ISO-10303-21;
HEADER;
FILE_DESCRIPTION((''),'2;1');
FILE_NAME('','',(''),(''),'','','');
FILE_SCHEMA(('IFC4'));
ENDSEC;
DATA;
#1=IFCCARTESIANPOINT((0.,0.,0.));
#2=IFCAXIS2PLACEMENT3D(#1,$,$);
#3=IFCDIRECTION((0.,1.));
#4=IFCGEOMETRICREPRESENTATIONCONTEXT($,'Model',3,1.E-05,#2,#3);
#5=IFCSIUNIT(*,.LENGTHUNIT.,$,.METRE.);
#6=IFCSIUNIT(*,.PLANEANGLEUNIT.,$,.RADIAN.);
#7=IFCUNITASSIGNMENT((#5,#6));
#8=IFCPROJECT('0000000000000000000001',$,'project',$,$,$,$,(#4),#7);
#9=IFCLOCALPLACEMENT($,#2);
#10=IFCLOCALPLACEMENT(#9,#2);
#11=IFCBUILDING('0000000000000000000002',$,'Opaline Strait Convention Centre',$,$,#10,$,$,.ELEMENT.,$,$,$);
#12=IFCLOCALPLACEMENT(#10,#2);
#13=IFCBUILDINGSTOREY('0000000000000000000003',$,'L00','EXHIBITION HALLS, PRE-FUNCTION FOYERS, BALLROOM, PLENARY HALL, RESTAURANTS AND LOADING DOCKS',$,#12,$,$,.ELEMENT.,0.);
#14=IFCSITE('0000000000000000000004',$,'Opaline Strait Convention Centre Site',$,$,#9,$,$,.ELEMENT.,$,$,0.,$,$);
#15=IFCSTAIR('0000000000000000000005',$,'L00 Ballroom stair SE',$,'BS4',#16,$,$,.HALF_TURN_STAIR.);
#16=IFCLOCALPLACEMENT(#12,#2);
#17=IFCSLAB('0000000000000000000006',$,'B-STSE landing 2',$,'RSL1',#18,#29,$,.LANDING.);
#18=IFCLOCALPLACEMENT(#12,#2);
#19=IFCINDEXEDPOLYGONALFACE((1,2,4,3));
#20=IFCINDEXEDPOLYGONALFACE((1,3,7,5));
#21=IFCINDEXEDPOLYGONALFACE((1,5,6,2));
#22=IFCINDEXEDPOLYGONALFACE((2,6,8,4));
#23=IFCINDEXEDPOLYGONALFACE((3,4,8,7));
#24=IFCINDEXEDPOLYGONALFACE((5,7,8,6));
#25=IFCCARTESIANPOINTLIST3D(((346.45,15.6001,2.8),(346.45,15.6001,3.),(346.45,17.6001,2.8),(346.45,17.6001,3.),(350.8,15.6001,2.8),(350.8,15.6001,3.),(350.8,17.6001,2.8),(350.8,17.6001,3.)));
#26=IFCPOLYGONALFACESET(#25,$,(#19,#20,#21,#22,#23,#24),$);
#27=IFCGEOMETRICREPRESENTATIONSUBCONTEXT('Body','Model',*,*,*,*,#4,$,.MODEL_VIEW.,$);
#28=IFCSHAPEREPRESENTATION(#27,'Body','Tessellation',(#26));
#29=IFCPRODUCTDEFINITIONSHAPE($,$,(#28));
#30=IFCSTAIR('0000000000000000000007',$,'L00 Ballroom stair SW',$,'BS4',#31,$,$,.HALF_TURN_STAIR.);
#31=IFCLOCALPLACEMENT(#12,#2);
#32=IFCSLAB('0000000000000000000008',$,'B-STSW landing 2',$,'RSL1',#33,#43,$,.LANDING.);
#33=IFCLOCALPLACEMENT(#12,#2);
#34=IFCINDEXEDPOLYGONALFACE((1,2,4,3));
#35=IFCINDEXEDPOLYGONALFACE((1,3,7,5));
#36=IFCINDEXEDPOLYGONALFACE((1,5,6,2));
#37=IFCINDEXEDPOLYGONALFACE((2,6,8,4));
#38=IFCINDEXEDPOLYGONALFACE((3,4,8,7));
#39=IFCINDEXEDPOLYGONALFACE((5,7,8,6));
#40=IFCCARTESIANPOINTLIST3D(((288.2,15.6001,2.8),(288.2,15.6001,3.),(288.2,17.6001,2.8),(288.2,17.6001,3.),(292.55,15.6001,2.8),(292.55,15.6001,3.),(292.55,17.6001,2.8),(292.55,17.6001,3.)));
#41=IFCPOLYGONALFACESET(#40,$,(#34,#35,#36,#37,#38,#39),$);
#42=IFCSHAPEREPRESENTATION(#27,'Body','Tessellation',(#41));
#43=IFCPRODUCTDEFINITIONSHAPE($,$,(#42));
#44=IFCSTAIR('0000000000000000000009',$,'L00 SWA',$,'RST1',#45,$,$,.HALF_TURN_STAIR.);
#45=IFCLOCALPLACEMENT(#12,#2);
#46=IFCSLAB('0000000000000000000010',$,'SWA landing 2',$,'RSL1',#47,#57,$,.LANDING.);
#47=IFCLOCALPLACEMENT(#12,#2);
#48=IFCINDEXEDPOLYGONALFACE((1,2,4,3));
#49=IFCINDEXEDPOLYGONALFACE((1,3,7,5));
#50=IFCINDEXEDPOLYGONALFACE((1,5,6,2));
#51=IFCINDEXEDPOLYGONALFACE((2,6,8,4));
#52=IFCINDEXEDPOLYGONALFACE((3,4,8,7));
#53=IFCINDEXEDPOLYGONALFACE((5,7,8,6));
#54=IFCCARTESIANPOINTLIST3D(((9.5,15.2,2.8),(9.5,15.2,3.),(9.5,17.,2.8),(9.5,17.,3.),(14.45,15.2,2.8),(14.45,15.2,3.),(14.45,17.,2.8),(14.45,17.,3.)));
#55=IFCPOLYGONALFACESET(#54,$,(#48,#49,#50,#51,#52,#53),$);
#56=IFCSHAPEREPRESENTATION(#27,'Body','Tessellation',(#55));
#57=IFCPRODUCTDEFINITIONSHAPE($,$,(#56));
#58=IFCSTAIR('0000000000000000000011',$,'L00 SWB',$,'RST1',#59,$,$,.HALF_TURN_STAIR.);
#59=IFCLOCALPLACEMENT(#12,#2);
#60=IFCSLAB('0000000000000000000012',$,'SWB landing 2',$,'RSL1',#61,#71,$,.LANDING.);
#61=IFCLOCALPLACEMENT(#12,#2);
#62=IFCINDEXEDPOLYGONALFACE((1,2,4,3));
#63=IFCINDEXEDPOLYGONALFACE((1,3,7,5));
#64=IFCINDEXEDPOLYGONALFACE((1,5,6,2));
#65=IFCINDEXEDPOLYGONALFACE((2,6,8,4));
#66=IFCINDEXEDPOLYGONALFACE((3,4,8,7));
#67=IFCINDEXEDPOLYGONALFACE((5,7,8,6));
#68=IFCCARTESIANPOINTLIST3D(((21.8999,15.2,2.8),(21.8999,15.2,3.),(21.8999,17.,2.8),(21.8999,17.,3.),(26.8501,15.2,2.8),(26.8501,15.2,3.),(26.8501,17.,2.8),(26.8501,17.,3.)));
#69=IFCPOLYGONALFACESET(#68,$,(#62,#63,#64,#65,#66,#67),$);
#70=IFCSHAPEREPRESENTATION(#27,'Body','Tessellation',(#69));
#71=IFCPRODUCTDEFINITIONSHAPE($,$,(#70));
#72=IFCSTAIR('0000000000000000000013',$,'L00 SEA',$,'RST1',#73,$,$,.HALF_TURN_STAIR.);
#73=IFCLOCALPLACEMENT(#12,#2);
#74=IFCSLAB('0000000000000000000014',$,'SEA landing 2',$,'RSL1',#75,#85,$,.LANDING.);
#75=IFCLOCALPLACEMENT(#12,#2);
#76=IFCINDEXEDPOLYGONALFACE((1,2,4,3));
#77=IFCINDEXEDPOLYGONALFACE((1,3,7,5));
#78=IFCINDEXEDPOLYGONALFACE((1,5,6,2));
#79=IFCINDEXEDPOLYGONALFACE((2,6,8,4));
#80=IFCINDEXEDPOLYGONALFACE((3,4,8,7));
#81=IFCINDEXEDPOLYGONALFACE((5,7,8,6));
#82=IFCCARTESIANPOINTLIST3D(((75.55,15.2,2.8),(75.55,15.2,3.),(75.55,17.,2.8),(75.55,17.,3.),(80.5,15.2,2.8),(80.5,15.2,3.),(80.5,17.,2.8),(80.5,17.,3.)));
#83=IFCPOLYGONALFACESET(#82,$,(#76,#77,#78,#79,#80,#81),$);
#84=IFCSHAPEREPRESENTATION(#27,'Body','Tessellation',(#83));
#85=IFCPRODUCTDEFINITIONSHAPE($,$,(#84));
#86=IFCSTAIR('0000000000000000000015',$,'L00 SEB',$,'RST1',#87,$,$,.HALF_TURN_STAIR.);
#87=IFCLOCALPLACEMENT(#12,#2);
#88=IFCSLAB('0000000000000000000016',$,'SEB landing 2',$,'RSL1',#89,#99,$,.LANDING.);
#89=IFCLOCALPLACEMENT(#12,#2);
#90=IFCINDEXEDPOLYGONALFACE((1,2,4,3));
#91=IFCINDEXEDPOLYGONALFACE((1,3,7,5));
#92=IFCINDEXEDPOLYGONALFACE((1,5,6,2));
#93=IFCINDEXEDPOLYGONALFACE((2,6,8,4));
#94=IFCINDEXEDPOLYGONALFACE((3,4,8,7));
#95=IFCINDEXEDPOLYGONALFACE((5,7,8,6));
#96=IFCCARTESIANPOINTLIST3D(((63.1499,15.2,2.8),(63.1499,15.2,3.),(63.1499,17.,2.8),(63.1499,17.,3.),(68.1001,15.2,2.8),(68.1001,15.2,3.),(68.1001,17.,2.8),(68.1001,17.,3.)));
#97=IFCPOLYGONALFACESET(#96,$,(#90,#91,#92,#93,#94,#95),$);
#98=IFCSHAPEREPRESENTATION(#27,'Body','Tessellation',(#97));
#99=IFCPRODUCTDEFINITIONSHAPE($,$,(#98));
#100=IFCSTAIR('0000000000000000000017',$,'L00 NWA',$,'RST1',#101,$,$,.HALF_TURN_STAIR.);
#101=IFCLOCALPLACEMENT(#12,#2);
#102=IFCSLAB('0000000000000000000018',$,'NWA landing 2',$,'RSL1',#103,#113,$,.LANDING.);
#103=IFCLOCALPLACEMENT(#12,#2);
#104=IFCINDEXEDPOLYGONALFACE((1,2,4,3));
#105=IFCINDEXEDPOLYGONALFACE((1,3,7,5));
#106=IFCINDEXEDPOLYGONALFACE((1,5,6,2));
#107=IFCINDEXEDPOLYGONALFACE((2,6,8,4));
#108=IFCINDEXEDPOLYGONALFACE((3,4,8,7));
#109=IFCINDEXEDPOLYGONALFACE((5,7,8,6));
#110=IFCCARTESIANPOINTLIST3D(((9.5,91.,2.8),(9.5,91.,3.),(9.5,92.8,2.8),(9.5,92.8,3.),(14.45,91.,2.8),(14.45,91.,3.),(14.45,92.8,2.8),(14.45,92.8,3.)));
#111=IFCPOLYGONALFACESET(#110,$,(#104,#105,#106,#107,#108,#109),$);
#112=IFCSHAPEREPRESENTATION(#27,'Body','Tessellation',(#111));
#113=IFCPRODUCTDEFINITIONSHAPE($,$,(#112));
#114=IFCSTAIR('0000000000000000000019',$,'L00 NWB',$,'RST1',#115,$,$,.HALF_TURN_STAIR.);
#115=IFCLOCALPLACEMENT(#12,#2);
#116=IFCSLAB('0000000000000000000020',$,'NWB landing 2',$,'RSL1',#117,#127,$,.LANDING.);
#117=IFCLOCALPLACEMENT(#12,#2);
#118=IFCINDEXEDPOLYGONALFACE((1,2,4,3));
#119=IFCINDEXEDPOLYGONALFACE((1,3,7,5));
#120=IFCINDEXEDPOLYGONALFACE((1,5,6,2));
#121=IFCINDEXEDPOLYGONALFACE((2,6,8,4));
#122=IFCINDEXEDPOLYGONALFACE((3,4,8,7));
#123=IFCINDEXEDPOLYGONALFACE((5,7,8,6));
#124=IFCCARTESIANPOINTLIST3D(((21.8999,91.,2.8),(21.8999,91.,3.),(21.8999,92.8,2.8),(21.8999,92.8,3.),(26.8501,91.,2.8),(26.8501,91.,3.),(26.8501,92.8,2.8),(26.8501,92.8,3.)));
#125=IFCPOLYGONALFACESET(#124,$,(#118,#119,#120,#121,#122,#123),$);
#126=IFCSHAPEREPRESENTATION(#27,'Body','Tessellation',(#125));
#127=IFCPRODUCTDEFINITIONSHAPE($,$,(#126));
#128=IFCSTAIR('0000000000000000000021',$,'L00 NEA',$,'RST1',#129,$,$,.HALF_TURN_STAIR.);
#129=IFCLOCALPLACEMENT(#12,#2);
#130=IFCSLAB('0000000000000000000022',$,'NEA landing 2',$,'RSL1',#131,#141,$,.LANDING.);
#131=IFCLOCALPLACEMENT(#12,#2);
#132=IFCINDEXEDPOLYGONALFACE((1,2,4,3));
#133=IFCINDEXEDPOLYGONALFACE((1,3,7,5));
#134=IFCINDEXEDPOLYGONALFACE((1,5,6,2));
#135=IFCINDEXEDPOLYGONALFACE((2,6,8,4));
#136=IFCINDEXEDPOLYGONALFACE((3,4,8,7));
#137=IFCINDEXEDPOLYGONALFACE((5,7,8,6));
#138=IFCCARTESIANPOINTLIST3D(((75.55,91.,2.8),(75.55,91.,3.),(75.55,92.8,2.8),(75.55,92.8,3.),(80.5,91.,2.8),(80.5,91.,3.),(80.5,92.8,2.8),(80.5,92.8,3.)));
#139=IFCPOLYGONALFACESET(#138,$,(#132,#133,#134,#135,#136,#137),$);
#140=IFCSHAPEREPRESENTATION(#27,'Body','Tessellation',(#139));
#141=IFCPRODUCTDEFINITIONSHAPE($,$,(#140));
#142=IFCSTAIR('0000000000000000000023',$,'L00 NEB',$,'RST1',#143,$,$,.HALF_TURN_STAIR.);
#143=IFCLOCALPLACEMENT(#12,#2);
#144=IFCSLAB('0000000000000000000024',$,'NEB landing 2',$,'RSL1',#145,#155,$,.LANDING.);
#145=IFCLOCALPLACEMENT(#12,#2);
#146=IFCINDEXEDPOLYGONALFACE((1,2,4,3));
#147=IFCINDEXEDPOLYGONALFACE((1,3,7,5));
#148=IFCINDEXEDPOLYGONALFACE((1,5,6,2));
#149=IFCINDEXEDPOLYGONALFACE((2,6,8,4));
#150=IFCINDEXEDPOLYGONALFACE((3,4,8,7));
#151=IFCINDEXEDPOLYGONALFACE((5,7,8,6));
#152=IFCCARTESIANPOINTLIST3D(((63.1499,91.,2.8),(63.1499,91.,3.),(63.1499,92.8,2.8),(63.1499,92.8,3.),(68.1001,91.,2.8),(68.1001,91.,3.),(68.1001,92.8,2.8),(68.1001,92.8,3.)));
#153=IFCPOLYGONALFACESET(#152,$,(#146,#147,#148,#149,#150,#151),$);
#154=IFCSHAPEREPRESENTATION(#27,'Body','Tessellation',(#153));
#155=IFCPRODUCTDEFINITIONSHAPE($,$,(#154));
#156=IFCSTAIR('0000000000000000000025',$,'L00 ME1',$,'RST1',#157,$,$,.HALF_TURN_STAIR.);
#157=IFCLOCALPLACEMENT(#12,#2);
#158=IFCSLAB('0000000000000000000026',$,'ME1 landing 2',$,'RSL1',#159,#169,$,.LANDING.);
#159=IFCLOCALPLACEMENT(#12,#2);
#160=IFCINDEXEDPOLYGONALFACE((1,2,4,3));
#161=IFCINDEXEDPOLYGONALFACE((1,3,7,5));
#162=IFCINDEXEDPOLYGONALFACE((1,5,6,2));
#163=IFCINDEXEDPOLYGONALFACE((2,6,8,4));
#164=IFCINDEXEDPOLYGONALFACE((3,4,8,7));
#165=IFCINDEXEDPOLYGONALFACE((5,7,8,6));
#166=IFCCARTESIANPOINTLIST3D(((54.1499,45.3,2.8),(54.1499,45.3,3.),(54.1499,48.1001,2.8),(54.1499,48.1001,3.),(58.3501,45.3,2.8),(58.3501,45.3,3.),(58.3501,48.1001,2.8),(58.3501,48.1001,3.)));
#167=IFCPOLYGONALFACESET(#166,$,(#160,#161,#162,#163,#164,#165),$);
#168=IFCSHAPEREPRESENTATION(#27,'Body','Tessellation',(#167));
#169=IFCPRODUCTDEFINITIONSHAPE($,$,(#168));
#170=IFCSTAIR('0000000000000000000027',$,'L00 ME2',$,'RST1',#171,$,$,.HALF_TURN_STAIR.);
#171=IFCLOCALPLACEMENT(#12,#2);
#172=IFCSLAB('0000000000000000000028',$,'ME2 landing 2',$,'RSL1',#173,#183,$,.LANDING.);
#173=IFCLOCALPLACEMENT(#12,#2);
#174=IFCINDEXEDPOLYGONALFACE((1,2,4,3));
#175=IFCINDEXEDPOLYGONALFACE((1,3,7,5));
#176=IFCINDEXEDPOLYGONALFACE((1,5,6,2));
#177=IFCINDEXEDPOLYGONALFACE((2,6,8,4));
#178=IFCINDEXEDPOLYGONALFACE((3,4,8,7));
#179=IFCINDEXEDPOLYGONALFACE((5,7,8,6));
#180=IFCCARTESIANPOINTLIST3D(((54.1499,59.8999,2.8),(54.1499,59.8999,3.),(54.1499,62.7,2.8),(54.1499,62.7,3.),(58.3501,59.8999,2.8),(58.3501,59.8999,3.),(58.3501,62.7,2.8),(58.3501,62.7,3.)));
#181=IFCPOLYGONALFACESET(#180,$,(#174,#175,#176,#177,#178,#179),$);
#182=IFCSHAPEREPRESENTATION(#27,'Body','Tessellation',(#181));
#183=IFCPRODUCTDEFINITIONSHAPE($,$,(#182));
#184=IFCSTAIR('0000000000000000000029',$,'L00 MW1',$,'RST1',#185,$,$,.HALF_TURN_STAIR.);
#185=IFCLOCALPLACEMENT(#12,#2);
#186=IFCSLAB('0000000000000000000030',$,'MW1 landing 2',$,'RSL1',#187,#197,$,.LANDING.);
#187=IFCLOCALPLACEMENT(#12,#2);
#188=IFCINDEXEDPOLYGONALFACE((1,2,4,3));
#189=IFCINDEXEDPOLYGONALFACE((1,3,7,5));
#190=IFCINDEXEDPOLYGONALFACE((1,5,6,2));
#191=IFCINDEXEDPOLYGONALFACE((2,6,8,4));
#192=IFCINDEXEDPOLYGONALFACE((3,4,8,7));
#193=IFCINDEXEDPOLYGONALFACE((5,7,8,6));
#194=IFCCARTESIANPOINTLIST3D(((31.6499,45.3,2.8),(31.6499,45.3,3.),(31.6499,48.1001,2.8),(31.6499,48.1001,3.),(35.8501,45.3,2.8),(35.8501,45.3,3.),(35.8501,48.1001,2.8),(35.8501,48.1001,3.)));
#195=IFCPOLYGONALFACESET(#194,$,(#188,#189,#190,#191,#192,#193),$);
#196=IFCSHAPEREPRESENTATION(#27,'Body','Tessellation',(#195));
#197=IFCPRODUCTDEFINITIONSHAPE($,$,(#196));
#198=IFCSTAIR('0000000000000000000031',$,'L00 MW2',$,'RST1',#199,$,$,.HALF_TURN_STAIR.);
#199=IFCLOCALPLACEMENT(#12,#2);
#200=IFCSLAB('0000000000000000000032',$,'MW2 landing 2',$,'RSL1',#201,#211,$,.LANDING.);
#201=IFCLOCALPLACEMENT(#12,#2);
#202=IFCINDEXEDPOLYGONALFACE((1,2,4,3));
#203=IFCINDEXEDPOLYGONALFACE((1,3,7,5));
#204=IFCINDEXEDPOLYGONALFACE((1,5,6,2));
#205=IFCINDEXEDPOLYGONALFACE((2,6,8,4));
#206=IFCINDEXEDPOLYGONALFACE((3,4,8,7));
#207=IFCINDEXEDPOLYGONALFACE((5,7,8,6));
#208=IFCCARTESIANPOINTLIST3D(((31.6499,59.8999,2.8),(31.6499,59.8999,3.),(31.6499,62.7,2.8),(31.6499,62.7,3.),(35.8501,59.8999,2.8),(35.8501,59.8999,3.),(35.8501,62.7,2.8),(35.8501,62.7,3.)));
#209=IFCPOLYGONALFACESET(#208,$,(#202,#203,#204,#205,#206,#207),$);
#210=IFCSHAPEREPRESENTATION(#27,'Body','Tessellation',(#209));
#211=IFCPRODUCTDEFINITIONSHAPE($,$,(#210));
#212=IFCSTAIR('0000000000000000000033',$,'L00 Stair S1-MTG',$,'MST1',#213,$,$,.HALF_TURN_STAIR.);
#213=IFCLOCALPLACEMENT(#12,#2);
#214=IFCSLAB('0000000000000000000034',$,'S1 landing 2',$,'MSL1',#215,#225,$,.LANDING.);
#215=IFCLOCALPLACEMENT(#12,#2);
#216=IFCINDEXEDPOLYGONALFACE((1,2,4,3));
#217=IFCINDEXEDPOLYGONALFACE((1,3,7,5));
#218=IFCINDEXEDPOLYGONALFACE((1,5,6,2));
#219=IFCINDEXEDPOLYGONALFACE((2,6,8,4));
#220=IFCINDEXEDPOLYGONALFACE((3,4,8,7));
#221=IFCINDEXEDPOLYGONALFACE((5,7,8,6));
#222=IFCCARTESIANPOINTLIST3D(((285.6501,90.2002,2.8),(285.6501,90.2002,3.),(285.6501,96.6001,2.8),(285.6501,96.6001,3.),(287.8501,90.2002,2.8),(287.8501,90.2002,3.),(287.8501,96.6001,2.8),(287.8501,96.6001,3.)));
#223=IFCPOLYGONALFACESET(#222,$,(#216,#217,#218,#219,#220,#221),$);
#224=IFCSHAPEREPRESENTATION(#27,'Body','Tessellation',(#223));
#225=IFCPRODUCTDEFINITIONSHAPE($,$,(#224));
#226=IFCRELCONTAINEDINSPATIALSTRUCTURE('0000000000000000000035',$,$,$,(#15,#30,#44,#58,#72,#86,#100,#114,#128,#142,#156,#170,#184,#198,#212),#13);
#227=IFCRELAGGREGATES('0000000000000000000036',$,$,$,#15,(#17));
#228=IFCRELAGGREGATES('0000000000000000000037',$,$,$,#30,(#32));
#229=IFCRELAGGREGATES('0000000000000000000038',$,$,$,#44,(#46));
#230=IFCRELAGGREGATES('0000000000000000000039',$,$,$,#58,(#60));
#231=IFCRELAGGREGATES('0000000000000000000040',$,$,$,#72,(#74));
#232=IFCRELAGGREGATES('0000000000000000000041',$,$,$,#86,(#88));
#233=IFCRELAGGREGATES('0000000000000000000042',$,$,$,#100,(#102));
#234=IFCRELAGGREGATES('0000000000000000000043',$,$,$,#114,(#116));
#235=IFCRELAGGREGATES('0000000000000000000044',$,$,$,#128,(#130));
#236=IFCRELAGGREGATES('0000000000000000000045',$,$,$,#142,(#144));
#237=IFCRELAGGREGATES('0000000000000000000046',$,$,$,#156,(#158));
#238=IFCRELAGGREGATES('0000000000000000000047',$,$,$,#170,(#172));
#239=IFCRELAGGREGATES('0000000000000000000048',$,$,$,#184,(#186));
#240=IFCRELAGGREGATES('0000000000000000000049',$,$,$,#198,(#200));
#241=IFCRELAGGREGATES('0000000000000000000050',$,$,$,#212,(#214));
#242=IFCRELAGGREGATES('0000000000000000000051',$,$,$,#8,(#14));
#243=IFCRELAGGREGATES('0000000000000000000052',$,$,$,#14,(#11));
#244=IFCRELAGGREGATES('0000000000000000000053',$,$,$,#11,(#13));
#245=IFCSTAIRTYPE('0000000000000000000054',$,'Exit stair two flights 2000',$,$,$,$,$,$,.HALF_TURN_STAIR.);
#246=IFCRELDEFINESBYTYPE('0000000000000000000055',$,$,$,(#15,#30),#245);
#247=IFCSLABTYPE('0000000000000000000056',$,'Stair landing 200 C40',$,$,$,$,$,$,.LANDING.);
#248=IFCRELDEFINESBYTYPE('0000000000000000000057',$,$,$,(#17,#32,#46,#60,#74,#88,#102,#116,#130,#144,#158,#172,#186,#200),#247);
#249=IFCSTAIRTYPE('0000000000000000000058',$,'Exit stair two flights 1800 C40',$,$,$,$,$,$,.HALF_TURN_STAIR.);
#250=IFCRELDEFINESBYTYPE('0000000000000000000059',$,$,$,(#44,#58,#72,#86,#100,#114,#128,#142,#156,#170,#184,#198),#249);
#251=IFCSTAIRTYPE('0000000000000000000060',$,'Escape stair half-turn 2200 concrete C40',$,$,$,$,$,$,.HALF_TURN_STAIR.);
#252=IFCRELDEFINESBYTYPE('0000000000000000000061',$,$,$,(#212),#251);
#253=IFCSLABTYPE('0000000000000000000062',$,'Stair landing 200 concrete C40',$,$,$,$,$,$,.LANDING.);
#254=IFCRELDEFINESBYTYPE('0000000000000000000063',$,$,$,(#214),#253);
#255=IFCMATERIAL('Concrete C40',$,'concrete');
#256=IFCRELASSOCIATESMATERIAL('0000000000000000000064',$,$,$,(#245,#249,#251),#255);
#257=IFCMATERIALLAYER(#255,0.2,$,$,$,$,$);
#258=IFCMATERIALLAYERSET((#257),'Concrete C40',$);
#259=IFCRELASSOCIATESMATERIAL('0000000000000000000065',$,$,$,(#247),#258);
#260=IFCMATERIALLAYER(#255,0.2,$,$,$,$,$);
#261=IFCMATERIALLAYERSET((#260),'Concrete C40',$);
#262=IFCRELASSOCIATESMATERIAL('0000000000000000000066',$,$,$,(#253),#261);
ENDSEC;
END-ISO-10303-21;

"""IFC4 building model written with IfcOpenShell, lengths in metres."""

from ifc_helpers import new_model, si_unit, direction, frame, origin, place, context, subcontext, project, spatial, polyline, outline, extrude, material, layer, layer_set, type_object, element, aggregate, save


model = new_model("IFC4")

# Units and contexts
model_context = context("Model", 3, precision=1e-05, world=origin(), true_north=direction((0.0, 1.0)))
body_context = subcontext(model_context, "Body", "Model", "MODEL_VIEW")
ifc_project = project(units=[si_unit("LENGTHUNIT", "METRE"), si_unit("PLANEANGLEUNIT", "RADIAN")], contexts=[model_context])

# Site, building, storey
site_placement = place(None, origin())
site = spatial("IfcSite", under=ifc_project, at=site_placement, Name="Opaline Strait Convention Centre Site", CompositionType="ELEMENT", RefElevation=0.0)
building_placement = place(site_placement, origin())
building = spatial("IfcBuilding", under=site, at=building_placement, Name="Opaline Strait Convention Centre", CompositionType="ELEMENT")
storey_placement = place(building_placement, origin())
storey = spatial("IfcBuildingStorey", under=building, at=storey_placement, Name="L00", Description="EXHIBITION HALLS, PRE-FUNCTION FOYERS, BALLROOM, PLENARY HALL, RESTAURANTS AND LOADING DOCKS", CompositionType="ELEMENT", Elevation=0.0)

# Stairs, slabs
ifc_material = material(Name="Concrete C40", Category="concrete")
stair_type_1 = type_object("IfcStairType", Name="Exit stair two flights 2000", PredefinedType="HALF_TURN_STAIR", material=ifc_material)
stair_1_placement = place(storey_placement, origin())
stair_1 = element("IfcStair", 1, at=stair_1_placement, inside=storey, type_object=stair_type_1, Name="L00 Ballroom stair SE", ObjectType="BS4", PredefinedType="HALF_TURN_STAIR")
ifc_layer_1 = layer(ifc_material, 0.2)
ifc_layer_set_1 = layer_set([ifc_layer_1], Name="Concrete C40")
slab_type_1 = type_object("IfcSlabType", Name="Stair landing 200 C40", PredefinedType="LANDING", material=ifc_layer_set_1)
slab_1_placement = place(storey_placement, frame((0.0, 0.0, 2.8)))
slab_1 = element("IfcSlab", 2, at=slab_1_placement, type_object=slab_type_1, Name="B-STSE landing 2", ObjectType="RSL1", PredefinedType="LANDING", context=body_context, shape_type="SweptSolid", body=[
    extrude(outline(polyline([(346.45, 17.6001), (346.45, 15.6001), (350.8, 15.6001), (350.8, 17.6001), (346.45, 17.6001)])), origin(), (0.0, 0.0, 1.0), 0.2),
])
aggregate(stair_1, [slab_1])
stair_2_placement = place(storey_placement, origin())
stair_2 = element("IfcStair", 3, at=stair_2_placement, inside=storey, type_object=stair_type_1, Name="L00 Ballroom stair SW", ObjectType="BS4", PredefinedType="HALF_TURN_STAIR")
slab_2_placement = place(storey_placement, frame((0.0, 0.0, 2.8)))
slab_2 = element("IfcSlab", 4, at=slab_2_placement, type_object=slab_type_1, Name="B-STSW landing 2", ObjectType="RSL1", PredefinedType="LANDING", context=body_context, shape_type="SweptSolid", body=[
    extrude(outline(polyline([(288.2, 17.6001), (288.2, 15.6001), (292.55, 15.6001), (292.55, 17.6001), (288.2, 17.6001)])), origin(), (0.0, 0.0, 1.0), 0.2),
])
aggregate(stair_2, [slab_2])
stair_type_2 = type_object("IfcStairType", Name="Exit stair two flights 1800 C40", PredefinedType="HALF_TURN_STAIR", material=ifc_material)
stair_3_placement = place(storey_placement, origin())
stair_3 = element("IfcStair", 5, at=stair_3_placement, inside=storey, type_object=stair_type_2, Name="L00 SWA", ObjectType="RST1", PredefinedType="HALF_TURN_STAIR")
slab_3_placement = place(storey_placement, frame((0.0, 0.0, 2.8)))
slab_3 = element("IfcSlab", 6, at=slab_3_placement, type_object=slab_type_1, Name="SWA landing 2", ObjectType="RSL1", PredefinedType="LANDING", context=body_context, shape_type="SweptSolid", body=[
    extrude(outline(polyline([(9.5, 17.0), (9.5, 15.2), (14.45, 15.2), (14.45, 17.0), (9.5, 17.0)])), origin(), (0.0, 0.0, 1.0), 0.2),
])
aggregate(stair_3, [slab_3])
stair_4_placement = place(storey_placement, origin())
stair_4 = element("IfcStair", 7, at=stair_4_placement, inside=storey, type_object=stair_type_2, Name="L00 SWB", ObjectType="RST1", PredefinedType="HALF_TURN_STAIR")
slab_4_placement = place(storey_placement, frame((0.0, 0.0, 2.8)))
slab_4 = element("IfcSlab", 8, at=slab_4_placement, type_object=slab_type_1, Name="SWB landing 2", ObjectType="RSL1", PredefinedType="LANDING", context=body_context, shape_type="SweptSolid", body=[
    extrude(outline(polyline([(21.8999, 17.0), (21.8999, 15.2), (26.8501, 15.2), (26.8501, 17.0), (21.8999, 17.0)])), origin(), (0.0, 0.0, 1.0), 0.2),
])
aggregate(stair_4, [slab_4])
stair_5_placement = place(storey_placement, origin())
stair_5 = element("IfcStair", 9, at=stair_5_placement, inside=storey, type_object=stair_type_2, Name="L00 SEA", ObjectType="RST1", PredefinedType="HALF_TURN_STAIR")
slab_5_placement = place(storey_placement, frame((0.0, 0.0, 2.8)))
slab_5 = element("IfcSlab", 10, at=slab_5_placement, type_object=slab_type_1, Name="SEA landing 2", ObjectType="RSL1", PredefinedType="LANDING", context=body_context, shape_type="SweptSolid", body=[
    extrude(outline(polyline([(75.55, 17.0), (75.55, 15.2), (80.5, 15.2), (80.5, 17.0), (75.55, 17.0)])), origin(), (0.0, 0.0, 1.0), 0.2),
])
aggregate(stair_5, [slab_5])
stair_6_placement = place(storey_placement, origin())
stair_6 = element("IfcStair", 11, at=stair_6_placement, inside=storey, type_object=stair_type_2, Name="L00 SEB", ObjectType="RST1", PredefinedType="HALF_TURN_STAIR")
slab_6_placement = place(storey_placement, frame((0.0, 0.0, 2.8)))
slab_6 = element("IfcSlab", 12, at=slab_6_placement, type_object=slab_type_1, Name="SEB landing 2", ObjectType="RSL1", PredefinedType="LANDING", context=body_context, shape_type="SweptSolid", body=[
    extrude(outline(polyline([(63.1499, 17.0), (63.1499, 15.2), (68.1001, 15.2), (68.1001, 17.0), (63.1499, 17.0)])), origin(), (0.0, 0.0, 1.0), 0.2),
])
aggregate(stair_6, [slab_6])
stair_7_placement = place(storey_placement, origin())
stair_7 = element("IfcStair", 13, at=stair_7_placement, inside=storey, type_object=stair_type_2, Name="L00 NWA", ObjectType="RST1", PredefinedType="HALF_TURN_STAIR")
slab_7_placement = place(storey_placement, frame((0.0, 0.0, 2.8)))
slab_7 = element("IfcSlab", 14, at=slab_7_placement, type_object=slab_type_1, Name="NWA landing 2", ObjectType="RSL1", PredefinedType="LANDING", context=body_context, shape_type="SweptSolid", body=[
    extrude(outline(polyline([(14.45, 91.0), (14.45, 92.8), (9.5, 92.8), (9.5, 91.0), (14.45, 91.0)])), origin(), (0.0, 0.0, 1.0), 0.2),
])
aggregate(stair_7, [slab_7])
stair_8_placement = place(storey_placement, origin())
stair_8 = element("IfcStair", 15, at=stair_8_placement, inside=storey, type_object=stair_type_2, Name="L00 NWB", ObjectType="RST1", PredefinedType="HALF_TURN_STAIR")
slab_8_placement = place(storey_placement, frame((0.0, 0.0, 2.8)))
slab_8 = element("IfcSlab", 16, at=slab_8_placement, type_object=slab_type_1, Name="NWB landing 2", ObjectType="RSL1", PredefinedType="LANDING", context=body_context, shape_type="SweptSolid", body=[
    extrude(outline(polyline([(26.8501, 91.0), (26.8501, 92.8), (21.8999, 92.8), (21.8999, 91.0), (26.8501, 91.0)])), origin(), (0.0, 0.0, 1.0), 0.2),
])
aggregate(stair_8, [slab_8])
stair_9_placement = place(storey_placement, origin())
stair_9 = element("IfcStair", 17, at=stair_9_placement, inside=storey, type_object=stair_type_2, Name="L00 NEA", ObjectType="RST1", PredefinedType="HALF_TURN_STAIR")
slab_9_placement = place(storey_placement, frame((0.0, 0.0, 2.8)))
slab_9 = element("IfcSlab", 18, at=slab_9_placement, type_object=slab_type_1, Name="NEA landing 2", ObjectType="RSL1", PredefinedType="LANDING", context=body_context, shape_type="SweptSolid", body=[
    extrude(outline(polyline([(80.5, 91.0), (80.5, 92.8), (75.55, 92.8), (75.55, 91.0), (80.5, 91.0)])), origin(), (0.0, 0.0, 1.0), 0.2),
])
aggregate(stair_9, [slab_9])
stair_10_placement = place(storey_placement, origin())
stair_10 = element("IfcStair", 19, at=stair_10_placement, inside=storey, type_object=stair_type_2, Name="L00 NEB", ObjectType="RST1", PredefinedType="HALF_TURN_STAIR")
slab_10_placement = place(storey_placement, frame((0.0, 0.0, 2.8)))
slab_10 = element("IfcSlab", 20, at=slab_10_placement, type_object=slab_type_1, Name="NEB landing 2", ObjectType="RSL1", PredefinedType="LANDING", context=body_context, shape_type="SweptSolid", body=[
    extrude(outline(polyline([(68.1001, 91.0), (68.1001, 92.8), (63.1499, 92.8), (63.1499, 91.0), (68.1001, 91.0)])), origin(), (0.0, 0.0, 1.0), 0.2),
])
aggregate(stair_10, [slab_10])
stair_11_placement = place(storey_placement, origin())
stair_11 = element("IfcStair", 21, at=stair_11_placement, inside=storey, type_object=stair_type_2, Name="L00 ME1", ObjectType="RST1", PredefinedType="HALF_TURN_STAIR")
slab_11_placement = place(storey_placement, frame((0.0, 0.0, 2.8)))
slab_11 = element("IfcSlab", 22, at=slab_11_placement, type_object=slab_type_1, Name="ME1 landing 2", ObjectType="RSL1", PredefinedType="LANDING", context=body_context, shape_type="SweptSolid", body=[
    extrude(outline(polyline([(58.3501, 45.3), (58.3501, 48.1001), (54.1499, 48.1001), (54.1499, 45.3), (58.3501, 45.3)])), origin(), (0.0, 0.0, 1.0), 0.2),
])
aggregate(stair_11, [slab_11])
stair_12_placement = place(storey_placement, origin())
stair_12 = element("IfcStair", 23, at=stair_12_placement, inside=storey, type_object=stair_type_2, Name="L00 ME2", ObjectType="RST1", PredefinedType="HALF_TURN_STAIR")
slab_12_placement = place(storey_placement, frame((0.0, 0.0, 2.8)))
slab_12 = element("IfcSlab", 24, at=slab_12_placement, type_object=slab_type_1, Name="ME2 landing 2", ObjectType="RSL1", PredefinedType="LANDING", context=body_context, shape_type="SweptSolid", body=[
    extrude(outline(polyline([(54.1499, 62.7), (54.1499, 59.8999), (58.3501, 59.8999), (58.3501, 62.7), (54.1499, 62.7)])), origin(), (0.0, 0.0, 1.0), 0.2),
])
aggregate(stair_12, [slab_12])
stair_13_placement = place(storey_placement, origin())
stair_13 = element("IfcStair", 25, at=stair_13_placement, inside=storey, type_object=stair_type_2, Name="L00 MW1", ObjectType="RST1", PredefinedType="HALF_TURN_STAIR")
slab_13_placement = place(storey_placement, frame((0.0, 0.0, 2.8)))
slab_13 = element("IfcSlab", 26, at=slab_13_placement, type_object=slab_type_1, Name="MW1 landing 2", ObjectType="RSL1", PredefinedType="LANDING", context=body_context, shape_type="SweptSolid", body=[
    extrude(outline(polyline([(35.8501, 45.3), (35.8501, 48.1001), (31.6499, 48.1001), (31.6499, 45.3), (35.8501, 45.3)])), origin(), (0.0, 0.0, 1.0), 0.2),
])
aggregate(stair_13, [slab_13])
stair_14_placement = place(storey_placement, origin())
stair_14 = element("IfcStair", 27, at=stair_14_placement, inside=storey, type_object=stair_type_2, Name="L00 MW2", ObjectType="RST1", PredefinedType="HALF_TURN_STAIR")
slab_14_placement = place(storey_placement, frame((0.0, 0.0, 2.8)))
slab_14 = element("IfcSlab", 28, at=slab_14_placement, type_object=slab_type_1, Name="MW2 landing 2", ObjectType="RSL1", PredefinedType="LANDING", context=body_context, shape_type="SweptSolid", body=[
    extrude(outline(polyline([(31.6499, 62.7), (31.6499, 59.8999), (35.8501, 59.8999), (35.8501, 62.7), (31.6499, 62.7)])), origin(), (0.0, 0.0, 1.0), 0.2),
])
aggregate(stair_14, [slab_14])
stair_type_3 = type_object("IfcStairType", Name="Escape stair half-turn 2200 concrete C40", PredefinedType="HALF_TURN_STAIR", material=ifc_material)
stair_15_placement = place(storey_placement, origin())
stair_15 = element("IfcStair", 29, at=stair_15_placement, inside=storey, type_object=stair_type_3, Name="L00 Stair S1-MTG", ObjectType="MST1", PredefinedType="HALF_TURN_STAIR")
ifc_layer_2 = layer(ifc_material, 0.2)
ifc_layer_set_2 = layer_set([ifc_layer_2], Name="Concrete C40")
slab_type_2 = type_object("IfcSlabType", Name="Stair landing 200 concrete C40", PredefinedType="LANDING", material=ifc_layer_set_2)
slab_15_placement = place(storey_placement, frame((0.0, 0.0, 2.8)))
slab_15 = element("IfcSlab", 30, at=slab_15_placement, type_object=slab_type_2, Name="S1 landing 2", ObjectType="MSL1", PredefinedType="LANDING", context=body_context, shape_type="SweptSolid", body=[
    extrude(outline(polyline([(287.8501, 96.6001), (285.6501, 96.6001), (285.6501, 90.2002), (287.8501, 90.2002), (287.8501, 96.6001)])), origin(), (0.0, 0.0, 1.0), 0.2),
])
aggregate(stair_15, [slab_15])

save(model, "model.ifc")
